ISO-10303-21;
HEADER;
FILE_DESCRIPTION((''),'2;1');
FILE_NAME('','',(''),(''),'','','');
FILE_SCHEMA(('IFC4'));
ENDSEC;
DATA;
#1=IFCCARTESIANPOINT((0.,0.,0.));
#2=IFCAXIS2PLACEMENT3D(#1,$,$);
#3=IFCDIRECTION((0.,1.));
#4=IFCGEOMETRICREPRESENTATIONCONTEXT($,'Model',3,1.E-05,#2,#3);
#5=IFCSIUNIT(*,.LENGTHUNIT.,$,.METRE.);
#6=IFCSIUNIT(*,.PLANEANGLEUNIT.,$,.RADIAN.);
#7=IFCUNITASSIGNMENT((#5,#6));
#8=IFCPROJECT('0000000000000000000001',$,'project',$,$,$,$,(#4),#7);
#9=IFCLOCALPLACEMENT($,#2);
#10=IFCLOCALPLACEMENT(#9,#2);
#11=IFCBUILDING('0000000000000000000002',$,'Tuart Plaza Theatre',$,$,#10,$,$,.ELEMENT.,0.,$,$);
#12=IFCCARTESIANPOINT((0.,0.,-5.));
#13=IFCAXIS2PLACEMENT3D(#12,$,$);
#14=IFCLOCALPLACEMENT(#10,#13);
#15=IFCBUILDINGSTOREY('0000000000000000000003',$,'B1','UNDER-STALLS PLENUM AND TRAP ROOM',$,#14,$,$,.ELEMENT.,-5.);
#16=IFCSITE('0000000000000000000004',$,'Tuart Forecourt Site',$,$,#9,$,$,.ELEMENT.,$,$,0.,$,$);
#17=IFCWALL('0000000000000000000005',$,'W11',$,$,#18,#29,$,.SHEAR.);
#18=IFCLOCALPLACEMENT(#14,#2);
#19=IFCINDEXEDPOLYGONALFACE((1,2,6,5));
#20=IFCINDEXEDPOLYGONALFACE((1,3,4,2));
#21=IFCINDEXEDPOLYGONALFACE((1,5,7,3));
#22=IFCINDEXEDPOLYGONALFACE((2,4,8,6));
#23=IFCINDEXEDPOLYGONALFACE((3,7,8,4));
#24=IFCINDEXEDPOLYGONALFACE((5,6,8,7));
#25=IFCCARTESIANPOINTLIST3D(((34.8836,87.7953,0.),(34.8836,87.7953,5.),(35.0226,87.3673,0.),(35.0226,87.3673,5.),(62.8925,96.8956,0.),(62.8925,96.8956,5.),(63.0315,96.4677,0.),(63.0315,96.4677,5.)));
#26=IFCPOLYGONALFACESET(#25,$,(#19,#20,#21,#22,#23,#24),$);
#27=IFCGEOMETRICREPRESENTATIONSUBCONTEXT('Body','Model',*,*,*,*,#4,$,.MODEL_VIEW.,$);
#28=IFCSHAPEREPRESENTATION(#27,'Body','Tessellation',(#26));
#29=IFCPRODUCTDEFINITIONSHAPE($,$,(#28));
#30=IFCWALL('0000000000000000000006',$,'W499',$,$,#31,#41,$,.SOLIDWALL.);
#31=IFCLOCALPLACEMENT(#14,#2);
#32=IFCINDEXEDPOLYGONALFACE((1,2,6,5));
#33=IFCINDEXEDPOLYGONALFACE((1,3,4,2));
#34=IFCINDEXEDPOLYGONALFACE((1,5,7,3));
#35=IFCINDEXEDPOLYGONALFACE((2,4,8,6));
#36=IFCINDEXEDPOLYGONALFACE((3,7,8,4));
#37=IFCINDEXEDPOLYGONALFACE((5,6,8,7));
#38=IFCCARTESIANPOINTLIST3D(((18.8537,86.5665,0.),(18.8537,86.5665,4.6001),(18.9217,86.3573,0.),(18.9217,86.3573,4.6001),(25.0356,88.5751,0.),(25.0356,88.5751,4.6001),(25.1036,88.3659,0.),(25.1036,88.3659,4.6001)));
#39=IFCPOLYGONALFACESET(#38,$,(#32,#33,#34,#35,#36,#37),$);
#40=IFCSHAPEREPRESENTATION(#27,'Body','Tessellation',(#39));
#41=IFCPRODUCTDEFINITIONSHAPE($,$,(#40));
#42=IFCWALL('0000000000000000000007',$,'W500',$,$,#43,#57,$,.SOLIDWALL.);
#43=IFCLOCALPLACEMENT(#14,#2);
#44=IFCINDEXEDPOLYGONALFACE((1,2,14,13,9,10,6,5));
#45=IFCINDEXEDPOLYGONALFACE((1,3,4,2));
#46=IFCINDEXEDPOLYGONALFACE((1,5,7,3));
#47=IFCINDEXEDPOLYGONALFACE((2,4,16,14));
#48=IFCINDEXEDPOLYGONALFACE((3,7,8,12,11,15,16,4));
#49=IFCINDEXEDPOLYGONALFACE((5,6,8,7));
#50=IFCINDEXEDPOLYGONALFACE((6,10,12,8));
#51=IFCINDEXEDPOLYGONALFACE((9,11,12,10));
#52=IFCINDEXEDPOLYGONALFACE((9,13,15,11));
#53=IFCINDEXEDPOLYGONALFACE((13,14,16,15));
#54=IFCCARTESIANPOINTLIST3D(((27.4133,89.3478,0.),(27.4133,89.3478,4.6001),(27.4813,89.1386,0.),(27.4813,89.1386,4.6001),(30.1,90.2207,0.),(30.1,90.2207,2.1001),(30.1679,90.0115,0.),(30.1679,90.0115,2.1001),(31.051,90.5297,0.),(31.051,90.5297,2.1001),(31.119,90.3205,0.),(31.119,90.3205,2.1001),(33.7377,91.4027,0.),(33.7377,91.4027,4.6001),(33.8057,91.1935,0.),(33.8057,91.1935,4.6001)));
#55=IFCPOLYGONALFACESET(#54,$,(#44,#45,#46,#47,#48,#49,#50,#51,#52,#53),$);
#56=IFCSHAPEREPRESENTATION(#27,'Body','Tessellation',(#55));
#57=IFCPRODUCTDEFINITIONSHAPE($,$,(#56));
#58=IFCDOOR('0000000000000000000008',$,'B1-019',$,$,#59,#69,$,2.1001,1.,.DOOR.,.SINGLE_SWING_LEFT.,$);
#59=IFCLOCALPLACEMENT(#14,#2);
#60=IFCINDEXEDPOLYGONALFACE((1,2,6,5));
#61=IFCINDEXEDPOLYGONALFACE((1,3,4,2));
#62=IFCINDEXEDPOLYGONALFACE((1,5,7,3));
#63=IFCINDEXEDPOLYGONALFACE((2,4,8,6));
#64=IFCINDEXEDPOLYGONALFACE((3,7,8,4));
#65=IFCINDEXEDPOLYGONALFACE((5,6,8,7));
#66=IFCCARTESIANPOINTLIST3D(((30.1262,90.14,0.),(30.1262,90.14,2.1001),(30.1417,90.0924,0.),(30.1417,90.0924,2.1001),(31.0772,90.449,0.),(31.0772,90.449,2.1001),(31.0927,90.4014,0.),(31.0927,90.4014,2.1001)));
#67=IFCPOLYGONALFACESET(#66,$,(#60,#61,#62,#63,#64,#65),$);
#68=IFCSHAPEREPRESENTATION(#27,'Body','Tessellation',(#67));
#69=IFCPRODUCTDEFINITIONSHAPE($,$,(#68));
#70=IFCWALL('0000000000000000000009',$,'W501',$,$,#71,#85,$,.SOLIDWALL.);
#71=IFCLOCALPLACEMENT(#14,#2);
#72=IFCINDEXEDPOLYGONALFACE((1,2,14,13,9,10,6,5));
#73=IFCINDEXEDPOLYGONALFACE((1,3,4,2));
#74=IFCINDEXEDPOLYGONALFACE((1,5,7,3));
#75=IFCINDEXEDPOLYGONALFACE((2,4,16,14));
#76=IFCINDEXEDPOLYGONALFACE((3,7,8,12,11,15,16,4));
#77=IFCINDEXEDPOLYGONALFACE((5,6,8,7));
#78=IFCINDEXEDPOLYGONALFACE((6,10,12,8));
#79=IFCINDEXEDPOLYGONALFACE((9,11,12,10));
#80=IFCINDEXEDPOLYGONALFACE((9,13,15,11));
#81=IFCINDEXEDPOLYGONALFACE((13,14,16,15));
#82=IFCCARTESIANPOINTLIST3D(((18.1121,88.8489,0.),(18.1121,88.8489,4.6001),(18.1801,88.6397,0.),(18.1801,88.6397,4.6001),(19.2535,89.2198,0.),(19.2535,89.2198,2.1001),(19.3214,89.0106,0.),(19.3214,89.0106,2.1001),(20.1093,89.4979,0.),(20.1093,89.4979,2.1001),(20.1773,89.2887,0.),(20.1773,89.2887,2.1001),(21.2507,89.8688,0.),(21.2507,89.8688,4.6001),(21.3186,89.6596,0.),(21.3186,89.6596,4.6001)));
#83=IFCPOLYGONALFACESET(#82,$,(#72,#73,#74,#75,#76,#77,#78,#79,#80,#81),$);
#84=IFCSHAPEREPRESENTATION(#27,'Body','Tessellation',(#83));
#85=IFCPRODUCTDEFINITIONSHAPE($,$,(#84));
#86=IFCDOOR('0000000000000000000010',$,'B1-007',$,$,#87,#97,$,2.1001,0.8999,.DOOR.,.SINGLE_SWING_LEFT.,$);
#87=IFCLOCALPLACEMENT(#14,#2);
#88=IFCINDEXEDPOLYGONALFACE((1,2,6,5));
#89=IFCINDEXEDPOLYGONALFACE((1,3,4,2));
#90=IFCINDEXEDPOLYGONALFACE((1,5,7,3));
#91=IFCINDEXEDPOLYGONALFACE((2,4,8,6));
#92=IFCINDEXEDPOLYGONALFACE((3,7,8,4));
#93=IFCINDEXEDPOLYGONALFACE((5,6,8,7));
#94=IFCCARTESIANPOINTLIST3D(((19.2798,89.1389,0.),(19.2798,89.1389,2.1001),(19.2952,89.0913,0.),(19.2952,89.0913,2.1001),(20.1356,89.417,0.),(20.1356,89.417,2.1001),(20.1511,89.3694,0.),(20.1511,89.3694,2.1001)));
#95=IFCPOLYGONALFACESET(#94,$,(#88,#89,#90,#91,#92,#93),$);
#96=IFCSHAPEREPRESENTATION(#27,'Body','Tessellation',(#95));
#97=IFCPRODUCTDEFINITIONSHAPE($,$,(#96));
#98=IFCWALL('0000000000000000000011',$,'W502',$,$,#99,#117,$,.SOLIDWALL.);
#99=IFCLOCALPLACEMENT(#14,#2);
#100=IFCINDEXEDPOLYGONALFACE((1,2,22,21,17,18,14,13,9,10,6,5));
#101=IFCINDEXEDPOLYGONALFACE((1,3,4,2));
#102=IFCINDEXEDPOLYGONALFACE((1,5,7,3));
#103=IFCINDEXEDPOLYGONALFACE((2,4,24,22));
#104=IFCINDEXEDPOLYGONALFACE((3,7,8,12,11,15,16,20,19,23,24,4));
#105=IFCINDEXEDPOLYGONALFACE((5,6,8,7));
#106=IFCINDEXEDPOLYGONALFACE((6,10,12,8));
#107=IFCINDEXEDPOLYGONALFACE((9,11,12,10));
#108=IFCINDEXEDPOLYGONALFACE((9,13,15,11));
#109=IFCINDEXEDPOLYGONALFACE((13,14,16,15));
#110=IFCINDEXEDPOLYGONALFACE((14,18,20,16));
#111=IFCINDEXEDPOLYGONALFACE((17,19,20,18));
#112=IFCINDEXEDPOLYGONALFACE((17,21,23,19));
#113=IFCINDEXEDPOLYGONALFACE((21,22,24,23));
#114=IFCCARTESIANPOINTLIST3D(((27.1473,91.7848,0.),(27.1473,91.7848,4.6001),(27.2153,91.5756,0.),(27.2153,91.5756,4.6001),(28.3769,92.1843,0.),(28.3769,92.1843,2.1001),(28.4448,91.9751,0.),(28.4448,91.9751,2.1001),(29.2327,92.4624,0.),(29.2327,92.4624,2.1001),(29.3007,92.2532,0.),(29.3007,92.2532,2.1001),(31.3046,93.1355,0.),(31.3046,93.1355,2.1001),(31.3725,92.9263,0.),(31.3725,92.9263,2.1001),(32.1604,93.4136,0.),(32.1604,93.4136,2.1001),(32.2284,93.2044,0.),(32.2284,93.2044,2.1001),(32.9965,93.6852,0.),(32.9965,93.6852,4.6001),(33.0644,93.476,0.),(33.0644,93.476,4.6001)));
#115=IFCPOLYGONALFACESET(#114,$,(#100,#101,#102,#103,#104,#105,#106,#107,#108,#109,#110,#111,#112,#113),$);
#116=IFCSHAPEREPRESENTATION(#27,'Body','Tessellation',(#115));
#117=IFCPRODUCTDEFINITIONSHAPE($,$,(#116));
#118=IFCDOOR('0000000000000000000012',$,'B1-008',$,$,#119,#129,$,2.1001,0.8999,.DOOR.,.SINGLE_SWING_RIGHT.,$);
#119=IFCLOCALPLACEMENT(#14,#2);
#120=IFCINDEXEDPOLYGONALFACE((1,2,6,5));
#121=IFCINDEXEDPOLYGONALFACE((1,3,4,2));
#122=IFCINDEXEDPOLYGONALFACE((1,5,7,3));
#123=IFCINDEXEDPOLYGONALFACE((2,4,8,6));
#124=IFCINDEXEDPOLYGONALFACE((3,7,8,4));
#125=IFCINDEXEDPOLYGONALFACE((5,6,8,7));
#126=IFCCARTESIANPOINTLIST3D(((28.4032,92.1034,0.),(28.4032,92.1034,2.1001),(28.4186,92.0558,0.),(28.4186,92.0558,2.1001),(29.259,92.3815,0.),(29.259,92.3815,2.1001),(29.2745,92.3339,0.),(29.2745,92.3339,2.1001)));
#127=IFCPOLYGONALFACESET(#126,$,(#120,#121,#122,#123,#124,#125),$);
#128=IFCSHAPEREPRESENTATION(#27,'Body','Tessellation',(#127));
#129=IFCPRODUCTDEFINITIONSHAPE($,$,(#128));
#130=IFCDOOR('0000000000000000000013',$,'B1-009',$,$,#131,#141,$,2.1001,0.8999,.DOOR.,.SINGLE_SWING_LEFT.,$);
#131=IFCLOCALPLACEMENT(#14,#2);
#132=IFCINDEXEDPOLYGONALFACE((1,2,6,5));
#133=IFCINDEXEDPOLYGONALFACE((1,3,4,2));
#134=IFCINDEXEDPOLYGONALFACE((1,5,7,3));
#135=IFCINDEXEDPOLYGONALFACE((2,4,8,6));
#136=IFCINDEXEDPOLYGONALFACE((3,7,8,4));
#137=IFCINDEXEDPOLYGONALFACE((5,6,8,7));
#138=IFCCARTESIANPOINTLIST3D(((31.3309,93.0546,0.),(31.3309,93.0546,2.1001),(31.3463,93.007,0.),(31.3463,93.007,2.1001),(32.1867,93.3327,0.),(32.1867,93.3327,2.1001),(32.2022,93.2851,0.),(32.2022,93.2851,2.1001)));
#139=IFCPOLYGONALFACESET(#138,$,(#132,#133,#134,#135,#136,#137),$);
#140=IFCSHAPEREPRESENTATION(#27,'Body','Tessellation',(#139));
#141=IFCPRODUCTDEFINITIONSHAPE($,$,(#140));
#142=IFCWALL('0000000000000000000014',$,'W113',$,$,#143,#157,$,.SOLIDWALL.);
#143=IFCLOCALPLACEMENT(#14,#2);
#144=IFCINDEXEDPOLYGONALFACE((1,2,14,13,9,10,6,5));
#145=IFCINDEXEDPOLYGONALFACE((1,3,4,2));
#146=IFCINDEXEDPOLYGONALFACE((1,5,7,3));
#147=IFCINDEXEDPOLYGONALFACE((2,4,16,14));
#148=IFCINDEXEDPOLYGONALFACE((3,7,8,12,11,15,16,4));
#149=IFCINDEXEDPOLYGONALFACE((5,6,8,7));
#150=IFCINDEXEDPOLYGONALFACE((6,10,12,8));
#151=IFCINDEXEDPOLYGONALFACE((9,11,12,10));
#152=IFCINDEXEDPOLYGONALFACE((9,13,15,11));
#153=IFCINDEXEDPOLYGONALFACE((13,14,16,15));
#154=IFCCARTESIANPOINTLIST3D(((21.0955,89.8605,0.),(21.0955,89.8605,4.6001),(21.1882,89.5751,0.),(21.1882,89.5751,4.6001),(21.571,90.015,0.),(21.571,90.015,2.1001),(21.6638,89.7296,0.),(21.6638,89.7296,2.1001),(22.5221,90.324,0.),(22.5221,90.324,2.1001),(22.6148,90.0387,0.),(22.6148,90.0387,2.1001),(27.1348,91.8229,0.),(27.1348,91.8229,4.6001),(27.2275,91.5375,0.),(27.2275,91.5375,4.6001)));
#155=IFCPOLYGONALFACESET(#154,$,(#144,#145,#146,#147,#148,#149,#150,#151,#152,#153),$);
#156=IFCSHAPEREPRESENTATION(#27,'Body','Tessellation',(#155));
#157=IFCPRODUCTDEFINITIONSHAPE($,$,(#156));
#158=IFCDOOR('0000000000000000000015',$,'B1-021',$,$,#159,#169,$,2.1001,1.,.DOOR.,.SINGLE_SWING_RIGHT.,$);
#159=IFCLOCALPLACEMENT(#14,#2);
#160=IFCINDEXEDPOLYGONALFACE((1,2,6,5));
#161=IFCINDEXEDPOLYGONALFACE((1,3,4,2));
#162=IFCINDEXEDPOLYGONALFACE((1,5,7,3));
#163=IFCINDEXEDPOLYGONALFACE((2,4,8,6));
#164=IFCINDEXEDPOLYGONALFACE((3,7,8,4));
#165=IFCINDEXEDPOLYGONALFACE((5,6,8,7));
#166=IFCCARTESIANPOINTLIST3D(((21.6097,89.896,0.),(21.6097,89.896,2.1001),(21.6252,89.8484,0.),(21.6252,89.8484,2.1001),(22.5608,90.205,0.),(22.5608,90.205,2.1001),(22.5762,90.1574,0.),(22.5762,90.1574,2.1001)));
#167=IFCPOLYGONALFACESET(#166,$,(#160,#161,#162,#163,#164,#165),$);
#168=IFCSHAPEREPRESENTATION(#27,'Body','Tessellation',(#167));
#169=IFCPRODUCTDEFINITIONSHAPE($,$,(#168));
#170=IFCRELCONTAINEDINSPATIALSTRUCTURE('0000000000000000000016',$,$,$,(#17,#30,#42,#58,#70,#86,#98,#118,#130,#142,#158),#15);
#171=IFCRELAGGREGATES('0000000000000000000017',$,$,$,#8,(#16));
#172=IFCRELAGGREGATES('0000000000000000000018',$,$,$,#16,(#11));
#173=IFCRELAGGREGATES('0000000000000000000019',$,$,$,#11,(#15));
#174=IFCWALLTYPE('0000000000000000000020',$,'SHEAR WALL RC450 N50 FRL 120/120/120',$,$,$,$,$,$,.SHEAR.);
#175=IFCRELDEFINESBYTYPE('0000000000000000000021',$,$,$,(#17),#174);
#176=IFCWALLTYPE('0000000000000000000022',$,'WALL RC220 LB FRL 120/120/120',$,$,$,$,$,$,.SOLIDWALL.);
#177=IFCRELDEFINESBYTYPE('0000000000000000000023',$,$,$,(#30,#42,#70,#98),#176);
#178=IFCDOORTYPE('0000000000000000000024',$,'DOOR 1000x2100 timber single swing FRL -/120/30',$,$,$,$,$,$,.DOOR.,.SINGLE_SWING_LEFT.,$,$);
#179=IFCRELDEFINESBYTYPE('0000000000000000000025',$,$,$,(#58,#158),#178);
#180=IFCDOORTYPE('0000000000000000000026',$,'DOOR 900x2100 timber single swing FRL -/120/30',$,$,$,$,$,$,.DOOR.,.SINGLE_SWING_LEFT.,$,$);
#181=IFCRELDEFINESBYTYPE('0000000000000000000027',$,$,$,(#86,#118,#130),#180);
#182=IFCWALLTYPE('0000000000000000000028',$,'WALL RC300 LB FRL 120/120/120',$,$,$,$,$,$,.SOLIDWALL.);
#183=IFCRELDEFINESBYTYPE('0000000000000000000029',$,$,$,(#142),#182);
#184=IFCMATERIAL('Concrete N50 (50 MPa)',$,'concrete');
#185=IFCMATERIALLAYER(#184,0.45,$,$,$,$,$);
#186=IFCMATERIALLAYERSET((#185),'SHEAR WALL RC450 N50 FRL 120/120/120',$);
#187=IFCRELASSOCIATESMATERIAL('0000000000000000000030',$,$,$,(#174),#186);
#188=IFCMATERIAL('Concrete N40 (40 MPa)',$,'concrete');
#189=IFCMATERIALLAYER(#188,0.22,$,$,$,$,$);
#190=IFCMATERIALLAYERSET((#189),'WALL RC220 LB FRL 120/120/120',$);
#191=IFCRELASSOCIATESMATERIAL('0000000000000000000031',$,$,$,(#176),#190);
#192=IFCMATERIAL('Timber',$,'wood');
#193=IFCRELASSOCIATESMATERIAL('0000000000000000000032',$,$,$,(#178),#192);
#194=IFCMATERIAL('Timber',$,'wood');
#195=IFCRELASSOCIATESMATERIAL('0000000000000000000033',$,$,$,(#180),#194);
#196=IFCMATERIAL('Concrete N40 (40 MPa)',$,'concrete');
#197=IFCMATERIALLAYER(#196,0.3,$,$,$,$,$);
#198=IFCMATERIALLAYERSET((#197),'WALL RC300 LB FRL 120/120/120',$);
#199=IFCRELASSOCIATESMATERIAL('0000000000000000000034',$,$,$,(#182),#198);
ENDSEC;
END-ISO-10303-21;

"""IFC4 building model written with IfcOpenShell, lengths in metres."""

from ifc_helpers import new_model, si_unit, direction, frame, frame_2d, origin, place, context, subcontext, project, spatial, rectangle, extrude, material, layer, layer_set, type_object, element, fill, save


model = new_model("IFC4")

# Units and contexts
model_context = context("Model", 3, precision=1e-05, world=origin(), true_north=direction((0.0, 1.0)))
body_context = subcontext(model_context, "Body", "Model", "MODEL_VIEW")
ifc_project = project(units=[si_unit("LENGTHUNIT", "METRE"), si_unit("PLANEANGLEUNIT", "RADIAN")], contexts=[model_context])

# Site, building, storey
site_placement = place(None, origin())
site = spatial("IfcSite", under=ifc_project, at=site_placement, Name="Tuart Forecourt Site", CompositionType="ELEMENT", RefElevation=0.0)
building_placement = place(site_placement, origin())
building = spatial("IfcBuilding", under=site, at=building_placement, Name="Tuart Plaza Theatre", CompositionType="ELEMENT", ElevationOfRefHeight=0.0)
storey_placement = place(building_placement, frame((0.0, 0.0, -5.0)))
storey = spatial("IfcBuildingStorey", under=building, at=storey_placement, Name="B1", Description="UNDER-STALLS PLENUM AND TRAP ROOM", CompositionType="ELEMENT", Elevation=-5.0)

# Walls
ifc_material_1 = material(Name="Concrete N50 (50 MPa)", Category="concrete")
ifc_layer_1 = layer(ifc_material_1, 0.45)
ifc_layer_set_1 = layer_set([ifc_layer_1], Name="SHEAR WALL RC450 N50 FRL 120/120/120")
wall_type_1 = type_object("IfcWallType", Name="SHEAR WALL RC450 N50 FRL 120/120/120", PredefinedType="SHEAR", material=ifc_layer_set_1)
wall_1_placement = place(storey_placement, frame((34.9531, 87.5813, 0.0), z_axis=(0.0, 0.0, 1.0), x_axis=(0.951059, 0.309009, 0.0)))
element("IfcWall", 1, at=wall_1_placement, inside=storey, type_object=wall_type_1, Name="W11", PredefinedType="SHEAR", context=body_context, shape_type="SweptSolid", body=[
    extrude(rectangle(XDim=29.4502, YDim=0.45, at=frame_2d((14.7251, 0.0))), origin(), (0.0, 0.0, 1.0), 5.0),
])
ifc_material_2 = material(Name="Concrete N40 (40 MPa)", Category="concrete")
ifc_layer_2 = layer(ifc_material_2, 0.22)
ifc_layer_set_2 = layer_set([ifc_layer_2], Name="WALL RC220 LB FRL 120/120/120")
wall_type_2 = type_object("IfcWallType", Name="WALL RC220 LB FRL 120/120/120", PredefinedType="SOLIDWALL", material=ifc_layer_set_2)
wall_2_placement = place(storey_placement, frame((18.8877, 86.4619, 0.0), z_axis=(0.0, 0.0, 1.0), x_axis=(0.95106, 0.309007, 0.0)))
element("IfcWall", 2, at=wall_2_placement, inside=storey, type_object=wall_type_2, Name="W499", PredefinedType="SOLIDWALL", context=body_context, shape_type="SweptSolid", body=[
    extrude(rectangle(XDim=6.5, YDim=0.22, at=frame_2d((3.25, 0.0))), origin(), (0.0, 0.0, 1.0), 4.6001),
])

# Walls, openings, doors
wall_3_placement = place(storey_placement, frame((27.4473, 89.2432, 0.0), z_axis=(0.0, 0.0, 1.0), x_axis=(0.951057, 0.309016, 0.0)))
wall_3 = element("IfcWall", 3, at=wall_3_placement, inside=storey, type_object=wall_type_2, Name="W500", PredefinedType="SOLIDWALL", context=body_context, shape_type="SweptSolid", body=[
    extrude(rectangle(XDim=6.6499, YDim=0.22, at=frame_2d((3.325, 0.0))), origin(), (0.0, 0.0, 1.0), 4.6001),
])
opening_1_placement = place(wall_3_placement, frame((2.825, 0.0, 0.0)))
opening_1 = element("IfcOpeningElement", 4, at=opening_1_placement, cuts=wall_3, PredefinedType="OPENING", context=body_context, shape_type="SweptSolid", body=[
    extrude(rectangle(XDim=1.0, YDim=2.1001, at=frame_2d((0.5, 1.05))), frame((0.0, 0.1199, 0.0), z_axis=(0.0, -1.0, 0.0), x_axis=(1.0, 0.0, 0.0)), (0.0, 0.0, 1.0), 0.24),
])
ifc_material_3 = material(Name="Timber", Category="wood")
door_type_1 = type_object("IfcDoorType", Name="DOOR 1000x2100 timber single swing FRL -/120/30", OperationType="SINGLE_SWING_LEFT", PredefinedType="DOOR", material=ifc_material_3)
door_1_placement = place(opening_1_placement, frame((1.0, 0.0, 0.0), z_axis=(0.0, 0.0, 1.0), x_axis=(-1.0, 0.0, 0.0)))
door_1 = element("IfcDoor", 5, at=door_1_placement, inside=storey, type_object=door_type_1, Name="B1-019", OperationType="SINGLE_SWING_LEFT", OverallHeight=2.1001, OverallWidth=1.0, PredefinedType="DOOR", context=body_context, shape_type="SweptSolid", body=[
    extrude(rectangle(XDim=1.0, YDim=2.1001, at=frame_2d((0.5, 1.05))), frame((0.0, 0.0249, 0.0), z_axis=(0.0, -1.0, 0.0), x_axis=(1.0, 0.0, 0.0)), (0.0, 0.0, 1.0), 0.05),
])
fill(opening_1, door_1)
wall_4_placement = place(storey_placement, frame((18.1462, 88.7444, 0.0), z_axis=(0.0, 0.0, 1.0), x_axis=(0.951053, 0.309028, 0.0)))
wall_4 = element("IfcWall", 6, at=wall_4_placement, inside=storey, type_object=wall_type_2, Name="W501", PredefinedType="SOLIDWALL", context=body_context, shape_type="SweptSolid", body=[
    extrude(rectangle(XDim=3.3, YDim=0.22, at=frame_2d((1.6499, 0.0))), origin(), (0.0, 0.0, 1.0), 4.6001),
])
opening_2_placement = place(wall_4_placement, frame((1.2, 0.0, 0.0)))
opening_2 = element("IfcOpeningElement", 7, at=opening_2_placement, cuts=wall_4, PredefinedType="OPENING", context=body_context, shape_type="SweptSolid", body=[
    extrude(rectangle(XDim=0.8999, YDim=2.1001, at=frame_2d((0.45, 1.05))), frame((0.0, 0.1199, 0.0), z_axis=(0.0, -1.0, 0.0), x_axis=(1.0, 0.0, 0.0)), (0.0, 0.0, 1.0), 0.24),
])
ifc_material_4 = material(Name="Timber", Category="wood")
door_type_2 = type_object("IfcDoorType", Name="DOOR 900x2100 timber single swing FRL -/120/30", OperationType="SINGLE_SWING_LEFT", PredefinedType="DOOR", material=ifc_material_4)
door_2_placement = place(opening_2_placement, origin())
door_2 = element("IfcDoor", 8, at=door_2_placement, inside=storey, type_object=door_type_2, Name="B1-007", OperationType="SINGLE_SWING_LEFT", OverallHeight=2.1001, OverallWidth=0.8999, PredefinedType="DOOR", context=body_context, shape_type="SweptSolid", body=[
    extrude(rectangle(XDim=0.8999, YDim=2.1001, at=frame_2d((0.45, 1.05))), frame((0.0, 0.0249, 0.0), z_axis=(0.0, -1.0, 0.0), x_axis=(1.0, 0.0, 0.0)), (0.0, 0.0, 1.0), 0.05),
])
fill(opening_2, door_2)

# Wall, openings, doors
wall_5_placement = place(storey_placement, frame((27.1812, 91.6802, 0.0), z_axis=(0.0, 0.0, 1.0), x_axis=(0.951061, 0.309002, 0.0)))
wall_5 = element("IfcWall", 9, at=wall_5_placement, inside=storey, type_object=wall_type_2, Name="W502", PredefinedType="SOLIDWALL", context=body_context, shape_type="SweptSolid", body=[
    extrude(rectangle(XDim=6.1501, YDim=0.22, at=frame_2d((3.0752, 0.0))), origin(), (0.0, 0.0, 1.0), 4.6001),
])
opening_3_placement = place(wall_5_placement, frame((1.293, 0.0, 0.0)))
opening_3 = element("IfcOpeningElement", 10, at=opening_3_placement, cuts=wall_5, PredefinedType="OPENING", context=body_context, shape_type="SweptSolid", body=[
    extrude(rectangle(XDim=0.8999, YDim=2.1001, at=frame_2d((0.45, 1.05))), frame((0.0, 0.1199, 0.0), z_axis=(0.0, -1.0, 0.0), x_axis=(1.0, 0.0, 0.0)), (0.0, 0.0, 1.0), 0.24),
])
opening_4_placement = place(wall_5_placement, frame((4.3713, 0.0, 0.0)))
opening_4 = element("IfcOpeningElement", 11, at=opening_4_placement, cuts=wall_5, PredefinedType="OPENING", context=body_context, shape_type="SweptSolid", body=[
    extrude(rectangle(XDim=0.8999, YDim=2.1001, at=frame_2d((0.45, 1.05))), frame((0.0, 0.1199, 0.0), z_axis=(0.0, -1.0, 0.0), x_axis=(1.0, 0.0, 0.0)), (0.0, 0.0, 1.0), 0.24),
])
door_3_placement = place(opening_3_placement, origin())
door_3 = element("IfcDoor", 12, at=door_3_placement, inside=storey, type_object=door_type_2, Name="B1-008", OperationType="SINGLE_SWING_RIGHT", OverallHeight=2.1001, OverallWidth=0.8999, PredefinedType="DOOR", context=body_context, shape_type="SweptSolid", body=[
    extrude(rectangle(XDim=0.8999, YDim=2.1001, at=frame_2d((0.45, 1.05))), frame((0.0, 0.0249, 0.0), z_axis=(0.0, -1.0, 0.0), x_axis=(1.0, 0.0, 0.0)), (0.0, 0.0, 1.0), 0.05),
])
fill(opening_3, door_3)
door_4_placement = place(opening_4_placement, origin())
door_4 = element("IfcDoor", 13, at=door_4_placement, inside=storey, type_object=door_type_2, Name="B1-009", OperationType="SINGLE_SWING_LEFT", OverallHeight=2.1001, OverallWidth=0.8999, PredefinedType="DOOR", context=body_context, shape_type="SweptSolid", body=[
    extrude(rectangle(XDim=0.8999, YDim=2.1001, at=frame_2d((0.45, 1.05))), frame((0.0, 0.0249, 0.0), z_axis=(0.0, -1.0, 0.0), x_axis=(1.0, 0.0, 0.0)), (0.0, 0.0, 1.0), 0.05),
])
fill(opening_4, door_4)

# Wall, opening, door
ifc_material_5 = material(Name="Concrete N40 (40 MPa)", Category="concrete")
ifc_layer_3 = layer(ifc_material_5, 0.3)
ifc_layer_set_3 = layer_set([ifc_layer_3], Name="WALL RC300 LB FRL 120/120/120")
wall_type_3 = type_object("IfcWallType", Name="WALL RC300 LB FRL 120/120/120", PredefinedType="SOLIDWALL", material=ifc_layer_set_3)
wall_6_placement = place(storey_placement, frame((27.1812, 91.6802, 0.0), z_axis=(0.0, 0.0, 1.0), x_axis=(-0.951051, -0.309033, 0.0)))
wall_6 = element("IfcWall", 14, at=wall_6_placement, inside=storey, type_object=wall_type_3, Name="W113", PredefinedType="SOLIDWALL", context=body_context, shape_type="SweptSolid", body=[
    extrude(rectangle(XDim=6.3501, YDim=0.3, at=frame_2d((3.175, 0.0))), origin(), (0.0, 0.0, 1.0), 4.6001),
])
opening_5_placement = place(wall_6_placement, frame((4.8501, 0.0, 0.0)))
opening_5 = element("IfcOpeningElement", 15, at=opening_5_placement, cuts=wall_6, PredefinedType="OPENING", context=body_context, shape_type="SweptSolid", body=[
    extrude(rectangle(XDim=1.0, YDim=2.1001, at=frame_2d((0.5, 1.05))), frame((0.0, 0.1599, 0.0), z_axis=(0.0, -1.0, 0.0), x_axis=(1.0, 0.0, 0.0)), (0.0, 0.0, 1.0), 0.3201),
])
door_5_placement = place(opening_5_placement, frame((1.0, 0.0, 0.0), z_axis=(0.0, 0.0, 1.0), x_axis=(-1.0, 0.0, 0.0)))
door_5 = element("IfcDoor", 16, at=door_5_placement, inside=storey, type_object=door_type_1, Name="B1-021", OperationType="SINGLE_SWING_RIGHT", OverallHeight=2.1001, OverallWidth=1.0, PredefinedType="DOOR", context=body_context, shape_type="SweptSolid", body=[
    extrude(rectangle(XDim=1.0, YDim=2.1001, at=frame_2d((0.5, 1.05))), frame((0.0, 0.0249, 0.0), z_axis=(0.0, -1.0, 0.0), x_axis=(1.0, 0.0, 0.0)), (0.0, 0.0, 1.0), 0.05),
])
fill(opening_5, door_5)

save(model, "model.ifc")
